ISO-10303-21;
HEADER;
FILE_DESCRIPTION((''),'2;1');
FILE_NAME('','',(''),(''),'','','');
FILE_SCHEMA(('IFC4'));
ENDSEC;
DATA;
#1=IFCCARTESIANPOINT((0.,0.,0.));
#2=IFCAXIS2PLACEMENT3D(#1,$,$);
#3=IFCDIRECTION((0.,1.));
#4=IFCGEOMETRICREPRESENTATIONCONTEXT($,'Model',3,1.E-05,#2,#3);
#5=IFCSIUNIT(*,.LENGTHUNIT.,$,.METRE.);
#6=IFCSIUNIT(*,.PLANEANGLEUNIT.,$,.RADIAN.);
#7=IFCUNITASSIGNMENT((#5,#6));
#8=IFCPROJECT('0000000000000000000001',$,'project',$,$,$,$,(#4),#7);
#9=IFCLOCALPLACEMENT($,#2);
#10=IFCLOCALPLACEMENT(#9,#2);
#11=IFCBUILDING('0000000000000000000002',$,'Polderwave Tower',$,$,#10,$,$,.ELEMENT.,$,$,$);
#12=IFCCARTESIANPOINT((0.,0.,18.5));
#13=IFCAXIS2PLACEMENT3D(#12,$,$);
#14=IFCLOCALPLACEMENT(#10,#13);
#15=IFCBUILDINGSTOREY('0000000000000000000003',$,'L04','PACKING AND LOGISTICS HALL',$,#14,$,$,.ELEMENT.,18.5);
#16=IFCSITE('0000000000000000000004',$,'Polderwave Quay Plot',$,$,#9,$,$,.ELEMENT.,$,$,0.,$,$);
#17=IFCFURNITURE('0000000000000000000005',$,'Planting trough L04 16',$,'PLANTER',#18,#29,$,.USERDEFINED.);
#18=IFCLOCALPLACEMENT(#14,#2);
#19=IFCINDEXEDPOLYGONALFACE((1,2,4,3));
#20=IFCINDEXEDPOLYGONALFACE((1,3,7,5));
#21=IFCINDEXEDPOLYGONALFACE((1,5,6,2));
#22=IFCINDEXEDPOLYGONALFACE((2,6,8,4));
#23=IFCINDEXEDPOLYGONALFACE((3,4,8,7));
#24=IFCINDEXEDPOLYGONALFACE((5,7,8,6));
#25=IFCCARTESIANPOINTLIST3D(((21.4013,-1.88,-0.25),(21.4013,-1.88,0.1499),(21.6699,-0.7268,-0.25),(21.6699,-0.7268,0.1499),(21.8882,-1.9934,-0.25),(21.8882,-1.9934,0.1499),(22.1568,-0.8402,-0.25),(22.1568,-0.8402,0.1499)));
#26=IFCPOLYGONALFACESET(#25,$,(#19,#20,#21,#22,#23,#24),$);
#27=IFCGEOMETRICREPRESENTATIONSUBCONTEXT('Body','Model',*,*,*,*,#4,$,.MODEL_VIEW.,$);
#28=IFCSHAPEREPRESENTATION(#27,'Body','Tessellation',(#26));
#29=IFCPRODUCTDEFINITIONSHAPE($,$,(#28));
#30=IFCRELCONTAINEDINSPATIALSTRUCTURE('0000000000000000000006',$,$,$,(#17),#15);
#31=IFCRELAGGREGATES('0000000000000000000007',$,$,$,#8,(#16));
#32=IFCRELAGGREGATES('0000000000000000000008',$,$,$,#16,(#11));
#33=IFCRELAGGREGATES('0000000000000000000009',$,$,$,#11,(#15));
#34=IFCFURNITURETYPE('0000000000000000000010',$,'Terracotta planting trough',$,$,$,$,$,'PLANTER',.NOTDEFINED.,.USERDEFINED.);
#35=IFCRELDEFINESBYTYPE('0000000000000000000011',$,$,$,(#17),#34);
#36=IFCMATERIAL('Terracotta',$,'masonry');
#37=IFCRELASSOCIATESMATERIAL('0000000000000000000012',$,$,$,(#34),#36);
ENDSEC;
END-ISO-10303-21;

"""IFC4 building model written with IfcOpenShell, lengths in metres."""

from ifc_helpers import new_model, si_unit, direction, frame, origin, origin_2d, place, context, subcontext, project, spatial, rectangle, extrude, material, type_object, element, save


model = new_model("IFC4")

# Units and contexts
model_context = context("Model", 3, precision=1e-05, world=origin(), true_north=direction((0.0, 1.0)))
body_context = subcontext(model_context, "Body", "Model", "MODEL_VIEW")
ifc_project = project(units=[si_unit("LENGTHUNIT", "METRE"), si_unit("PLANEANGLEUNIT", "RADIAN")], contexts=[model_context])

# Site, building, storey
site_placement = place(None, origin())
site = spatial("IfcSite", under=ifc_project, at=site_placement, Name="Polderwave Quay Plot", CompositionType="ELEMENT", RefElevation=0.0)
building_placement = place(site_placement, origin())
building = spatial("IfcBuilding", under=site, at=building_placement, Name="Polderwave Tower", CompositionType="ELEMENT")
storey_placement = place(building_placement, frame((0.0, 0.0, 18.5)))
storey = spatial("IfcBuildingStorey", under=building, at=storey_placement, Name="L04", Description="PACKING AND LOGISTICS HALL", CompositionType="ELEMENT", Elevation=18.5)

# Furniture
ifc_material_1 = material(Name="Terracotta", Category="masonry")
furniture_type = type_object("IfcFurnitureType", Name="Terracotta planting trough", ElementType="PLANTER", AssemblyPlace="NOTDEFINED", PredefinedType="USERDEFINED", material=ifc_material_1)
furniture_placement = place(storey_placement, frame((21.7791, -1.3601, -0.25), z_axis=(0.0, 0.0, 1.0), x_axis=(0.226835, 0.973933, 0.0)))
element("IfcFurniture", 1, at=furniture_placement, inside=storey, type_object=furniture_type, Name="Planting trough L04 16", ObjectType="PLANTER", PredefinedType="USERDEFINED", context=body_context, shape_type="SweptSolid", body=[
    extrude(rectangle(XDim=1.1841, YDim=0.5, at=origin_2d()), origin(), (0.0, 0.0, 1.0), 0.3999),
])

save(model, "model.ifc")
